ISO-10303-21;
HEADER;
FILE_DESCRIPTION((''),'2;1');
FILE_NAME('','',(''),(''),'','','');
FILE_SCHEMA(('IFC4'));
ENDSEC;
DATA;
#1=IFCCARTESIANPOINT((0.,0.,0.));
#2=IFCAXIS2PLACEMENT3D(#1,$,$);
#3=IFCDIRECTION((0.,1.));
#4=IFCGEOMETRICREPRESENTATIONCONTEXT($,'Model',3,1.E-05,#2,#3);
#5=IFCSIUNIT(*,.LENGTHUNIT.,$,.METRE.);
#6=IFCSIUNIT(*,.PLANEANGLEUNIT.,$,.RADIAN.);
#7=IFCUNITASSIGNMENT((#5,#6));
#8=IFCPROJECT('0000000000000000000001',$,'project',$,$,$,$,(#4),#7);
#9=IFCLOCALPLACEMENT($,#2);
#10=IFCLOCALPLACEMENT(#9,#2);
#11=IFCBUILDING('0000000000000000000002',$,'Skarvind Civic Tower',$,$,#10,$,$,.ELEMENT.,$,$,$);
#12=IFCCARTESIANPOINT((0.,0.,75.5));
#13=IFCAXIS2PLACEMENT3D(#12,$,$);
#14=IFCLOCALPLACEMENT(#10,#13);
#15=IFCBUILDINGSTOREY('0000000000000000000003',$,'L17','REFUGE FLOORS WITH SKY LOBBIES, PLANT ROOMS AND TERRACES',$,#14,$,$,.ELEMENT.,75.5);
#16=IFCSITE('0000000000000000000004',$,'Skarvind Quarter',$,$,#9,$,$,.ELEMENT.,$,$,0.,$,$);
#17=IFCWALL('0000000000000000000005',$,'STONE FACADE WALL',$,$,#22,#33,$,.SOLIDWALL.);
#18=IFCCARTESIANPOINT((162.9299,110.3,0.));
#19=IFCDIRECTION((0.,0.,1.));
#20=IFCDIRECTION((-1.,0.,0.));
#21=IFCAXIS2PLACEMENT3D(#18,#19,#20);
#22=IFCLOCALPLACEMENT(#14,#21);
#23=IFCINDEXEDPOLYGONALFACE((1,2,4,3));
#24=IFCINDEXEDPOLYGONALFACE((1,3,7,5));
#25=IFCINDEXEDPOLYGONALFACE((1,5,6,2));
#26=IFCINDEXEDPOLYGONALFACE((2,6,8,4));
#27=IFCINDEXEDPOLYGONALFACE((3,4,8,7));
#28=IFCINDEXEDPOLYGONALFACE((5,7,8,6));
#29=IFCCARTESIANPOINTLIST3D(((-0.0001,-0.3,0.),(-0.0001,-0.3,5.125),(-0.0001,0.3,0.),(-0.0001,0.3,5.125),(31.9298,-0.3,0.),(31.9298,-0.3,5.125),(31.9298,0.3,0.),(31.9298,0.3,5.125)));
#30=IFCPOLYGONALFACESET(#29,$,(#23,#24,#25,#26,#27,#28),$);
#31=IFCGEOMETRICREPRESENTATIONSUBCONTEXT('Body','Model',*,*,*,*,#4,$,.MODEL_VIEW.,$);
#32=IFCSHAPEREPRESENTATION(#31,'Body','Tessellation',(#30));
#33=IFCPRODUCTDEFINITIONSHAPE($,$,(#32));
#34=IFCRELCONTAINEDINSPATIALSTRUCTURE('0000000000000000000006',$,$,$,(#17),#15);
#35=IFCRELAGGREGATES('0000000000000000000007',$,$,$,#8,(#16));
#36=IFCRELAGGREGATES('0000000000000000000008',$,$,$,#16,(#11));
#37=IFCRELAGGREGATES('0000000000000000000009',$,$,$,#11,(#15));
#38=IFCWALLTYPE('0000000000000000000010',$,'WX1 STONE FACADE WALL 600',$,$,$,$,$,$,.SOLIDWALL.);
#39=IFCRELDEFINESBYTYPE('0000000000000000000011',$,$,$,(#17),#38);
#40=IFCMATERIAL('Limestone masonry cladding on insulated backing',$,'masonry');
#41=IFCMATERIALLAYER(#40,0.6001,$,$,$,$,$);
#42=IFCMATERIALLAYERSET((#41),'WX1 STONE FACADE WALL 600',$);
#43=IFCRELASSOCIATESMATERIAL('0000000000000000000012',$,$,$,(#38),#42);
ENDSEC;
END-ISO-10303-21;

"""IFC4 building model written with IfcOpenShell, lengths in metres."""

from ifc_helpers import new_model, si_unit, direction, frame, frame_2d, origin, place, context, subcontext, project, spatial, rectangle, extrude, material, layer, layer_set, type_object, element, save


model = new_model("IFC4")

# Units and contexts
model_context = context("Model", 3, precision=1e-05, world=origin(), true_north=direction((0.0, 1.0)))
body_context = subcontext(model_context, "Body", "Model", "MODEL_VIEW")
ifc_project = project(units=[si_unit("LENGTHUNIT", "METRE"), si_unit("PLANEANGLEUNIT", "RADIAN")], contexts=[model_context])

# Site, building, storey
site_placement = place(None, origin())
site = spatial("IfcSite", under=ifc_project, at=site_placement, Name="Skarvind Quarter", CompositionType="ELEMENT", RefElevation=0.0)
building_placement = place(site_placement, origin())
building = spatial("IfcBuilding", under=site, at=building_placement, Name="Skarvind Civic Tower", CompositionType="ELEMENT")
storey_placement = place(building_placement, frame((0.0, 0.0, 75.5)))
storey = spatial("IfcBuildingStorey", under=building, at=storey_placement, Name="L17", Description="REFUGE FLOORS WITH SKY LOBBIES, PLANT ROOMS AND TERRACES", CompositionType="ELEMENT", Elevation=75.5)

# Wall
ifc_material_1 = material(Name="Limestone masonry cladding on insulated backing", Category="masonry")
ifc_layer_1 = layer(ifc_material_1, 0.6001)
ifc_layer_set_1 = layer_set([ifc_layer_1], Name="WX1 STONE FACADE WALL 600")
wall_type_1 = type_object("IfcWallType", Name="WX1 STONE FACADE WALL 600", PredefinedType="SOLIDWALL", material=ifc_layer_set_1)
wall_1_placement = place(storey_placement, frame((162.9299, 110.3, 0.0), z_axis=(0.0, 0.0, 1.0), x_axis=(-1.0, 0.0, 0.0)))
element("IfcWall", 1, at=wall_1_placement, inside=storey, type_object=wall_type_1, Name="STONE FACADE WALL", PredefinedType="SOLIDWALL", context=body_context, shape_type="SweptSolid", body=[
    extrude(rectangle(XDim=31.9299, YDim=0.6001, at=frame_2d((15.9648, 0.0))), origin(), (0.0, 0.0, 1.0), 5.125),
])

save(model, "model.ifc")
